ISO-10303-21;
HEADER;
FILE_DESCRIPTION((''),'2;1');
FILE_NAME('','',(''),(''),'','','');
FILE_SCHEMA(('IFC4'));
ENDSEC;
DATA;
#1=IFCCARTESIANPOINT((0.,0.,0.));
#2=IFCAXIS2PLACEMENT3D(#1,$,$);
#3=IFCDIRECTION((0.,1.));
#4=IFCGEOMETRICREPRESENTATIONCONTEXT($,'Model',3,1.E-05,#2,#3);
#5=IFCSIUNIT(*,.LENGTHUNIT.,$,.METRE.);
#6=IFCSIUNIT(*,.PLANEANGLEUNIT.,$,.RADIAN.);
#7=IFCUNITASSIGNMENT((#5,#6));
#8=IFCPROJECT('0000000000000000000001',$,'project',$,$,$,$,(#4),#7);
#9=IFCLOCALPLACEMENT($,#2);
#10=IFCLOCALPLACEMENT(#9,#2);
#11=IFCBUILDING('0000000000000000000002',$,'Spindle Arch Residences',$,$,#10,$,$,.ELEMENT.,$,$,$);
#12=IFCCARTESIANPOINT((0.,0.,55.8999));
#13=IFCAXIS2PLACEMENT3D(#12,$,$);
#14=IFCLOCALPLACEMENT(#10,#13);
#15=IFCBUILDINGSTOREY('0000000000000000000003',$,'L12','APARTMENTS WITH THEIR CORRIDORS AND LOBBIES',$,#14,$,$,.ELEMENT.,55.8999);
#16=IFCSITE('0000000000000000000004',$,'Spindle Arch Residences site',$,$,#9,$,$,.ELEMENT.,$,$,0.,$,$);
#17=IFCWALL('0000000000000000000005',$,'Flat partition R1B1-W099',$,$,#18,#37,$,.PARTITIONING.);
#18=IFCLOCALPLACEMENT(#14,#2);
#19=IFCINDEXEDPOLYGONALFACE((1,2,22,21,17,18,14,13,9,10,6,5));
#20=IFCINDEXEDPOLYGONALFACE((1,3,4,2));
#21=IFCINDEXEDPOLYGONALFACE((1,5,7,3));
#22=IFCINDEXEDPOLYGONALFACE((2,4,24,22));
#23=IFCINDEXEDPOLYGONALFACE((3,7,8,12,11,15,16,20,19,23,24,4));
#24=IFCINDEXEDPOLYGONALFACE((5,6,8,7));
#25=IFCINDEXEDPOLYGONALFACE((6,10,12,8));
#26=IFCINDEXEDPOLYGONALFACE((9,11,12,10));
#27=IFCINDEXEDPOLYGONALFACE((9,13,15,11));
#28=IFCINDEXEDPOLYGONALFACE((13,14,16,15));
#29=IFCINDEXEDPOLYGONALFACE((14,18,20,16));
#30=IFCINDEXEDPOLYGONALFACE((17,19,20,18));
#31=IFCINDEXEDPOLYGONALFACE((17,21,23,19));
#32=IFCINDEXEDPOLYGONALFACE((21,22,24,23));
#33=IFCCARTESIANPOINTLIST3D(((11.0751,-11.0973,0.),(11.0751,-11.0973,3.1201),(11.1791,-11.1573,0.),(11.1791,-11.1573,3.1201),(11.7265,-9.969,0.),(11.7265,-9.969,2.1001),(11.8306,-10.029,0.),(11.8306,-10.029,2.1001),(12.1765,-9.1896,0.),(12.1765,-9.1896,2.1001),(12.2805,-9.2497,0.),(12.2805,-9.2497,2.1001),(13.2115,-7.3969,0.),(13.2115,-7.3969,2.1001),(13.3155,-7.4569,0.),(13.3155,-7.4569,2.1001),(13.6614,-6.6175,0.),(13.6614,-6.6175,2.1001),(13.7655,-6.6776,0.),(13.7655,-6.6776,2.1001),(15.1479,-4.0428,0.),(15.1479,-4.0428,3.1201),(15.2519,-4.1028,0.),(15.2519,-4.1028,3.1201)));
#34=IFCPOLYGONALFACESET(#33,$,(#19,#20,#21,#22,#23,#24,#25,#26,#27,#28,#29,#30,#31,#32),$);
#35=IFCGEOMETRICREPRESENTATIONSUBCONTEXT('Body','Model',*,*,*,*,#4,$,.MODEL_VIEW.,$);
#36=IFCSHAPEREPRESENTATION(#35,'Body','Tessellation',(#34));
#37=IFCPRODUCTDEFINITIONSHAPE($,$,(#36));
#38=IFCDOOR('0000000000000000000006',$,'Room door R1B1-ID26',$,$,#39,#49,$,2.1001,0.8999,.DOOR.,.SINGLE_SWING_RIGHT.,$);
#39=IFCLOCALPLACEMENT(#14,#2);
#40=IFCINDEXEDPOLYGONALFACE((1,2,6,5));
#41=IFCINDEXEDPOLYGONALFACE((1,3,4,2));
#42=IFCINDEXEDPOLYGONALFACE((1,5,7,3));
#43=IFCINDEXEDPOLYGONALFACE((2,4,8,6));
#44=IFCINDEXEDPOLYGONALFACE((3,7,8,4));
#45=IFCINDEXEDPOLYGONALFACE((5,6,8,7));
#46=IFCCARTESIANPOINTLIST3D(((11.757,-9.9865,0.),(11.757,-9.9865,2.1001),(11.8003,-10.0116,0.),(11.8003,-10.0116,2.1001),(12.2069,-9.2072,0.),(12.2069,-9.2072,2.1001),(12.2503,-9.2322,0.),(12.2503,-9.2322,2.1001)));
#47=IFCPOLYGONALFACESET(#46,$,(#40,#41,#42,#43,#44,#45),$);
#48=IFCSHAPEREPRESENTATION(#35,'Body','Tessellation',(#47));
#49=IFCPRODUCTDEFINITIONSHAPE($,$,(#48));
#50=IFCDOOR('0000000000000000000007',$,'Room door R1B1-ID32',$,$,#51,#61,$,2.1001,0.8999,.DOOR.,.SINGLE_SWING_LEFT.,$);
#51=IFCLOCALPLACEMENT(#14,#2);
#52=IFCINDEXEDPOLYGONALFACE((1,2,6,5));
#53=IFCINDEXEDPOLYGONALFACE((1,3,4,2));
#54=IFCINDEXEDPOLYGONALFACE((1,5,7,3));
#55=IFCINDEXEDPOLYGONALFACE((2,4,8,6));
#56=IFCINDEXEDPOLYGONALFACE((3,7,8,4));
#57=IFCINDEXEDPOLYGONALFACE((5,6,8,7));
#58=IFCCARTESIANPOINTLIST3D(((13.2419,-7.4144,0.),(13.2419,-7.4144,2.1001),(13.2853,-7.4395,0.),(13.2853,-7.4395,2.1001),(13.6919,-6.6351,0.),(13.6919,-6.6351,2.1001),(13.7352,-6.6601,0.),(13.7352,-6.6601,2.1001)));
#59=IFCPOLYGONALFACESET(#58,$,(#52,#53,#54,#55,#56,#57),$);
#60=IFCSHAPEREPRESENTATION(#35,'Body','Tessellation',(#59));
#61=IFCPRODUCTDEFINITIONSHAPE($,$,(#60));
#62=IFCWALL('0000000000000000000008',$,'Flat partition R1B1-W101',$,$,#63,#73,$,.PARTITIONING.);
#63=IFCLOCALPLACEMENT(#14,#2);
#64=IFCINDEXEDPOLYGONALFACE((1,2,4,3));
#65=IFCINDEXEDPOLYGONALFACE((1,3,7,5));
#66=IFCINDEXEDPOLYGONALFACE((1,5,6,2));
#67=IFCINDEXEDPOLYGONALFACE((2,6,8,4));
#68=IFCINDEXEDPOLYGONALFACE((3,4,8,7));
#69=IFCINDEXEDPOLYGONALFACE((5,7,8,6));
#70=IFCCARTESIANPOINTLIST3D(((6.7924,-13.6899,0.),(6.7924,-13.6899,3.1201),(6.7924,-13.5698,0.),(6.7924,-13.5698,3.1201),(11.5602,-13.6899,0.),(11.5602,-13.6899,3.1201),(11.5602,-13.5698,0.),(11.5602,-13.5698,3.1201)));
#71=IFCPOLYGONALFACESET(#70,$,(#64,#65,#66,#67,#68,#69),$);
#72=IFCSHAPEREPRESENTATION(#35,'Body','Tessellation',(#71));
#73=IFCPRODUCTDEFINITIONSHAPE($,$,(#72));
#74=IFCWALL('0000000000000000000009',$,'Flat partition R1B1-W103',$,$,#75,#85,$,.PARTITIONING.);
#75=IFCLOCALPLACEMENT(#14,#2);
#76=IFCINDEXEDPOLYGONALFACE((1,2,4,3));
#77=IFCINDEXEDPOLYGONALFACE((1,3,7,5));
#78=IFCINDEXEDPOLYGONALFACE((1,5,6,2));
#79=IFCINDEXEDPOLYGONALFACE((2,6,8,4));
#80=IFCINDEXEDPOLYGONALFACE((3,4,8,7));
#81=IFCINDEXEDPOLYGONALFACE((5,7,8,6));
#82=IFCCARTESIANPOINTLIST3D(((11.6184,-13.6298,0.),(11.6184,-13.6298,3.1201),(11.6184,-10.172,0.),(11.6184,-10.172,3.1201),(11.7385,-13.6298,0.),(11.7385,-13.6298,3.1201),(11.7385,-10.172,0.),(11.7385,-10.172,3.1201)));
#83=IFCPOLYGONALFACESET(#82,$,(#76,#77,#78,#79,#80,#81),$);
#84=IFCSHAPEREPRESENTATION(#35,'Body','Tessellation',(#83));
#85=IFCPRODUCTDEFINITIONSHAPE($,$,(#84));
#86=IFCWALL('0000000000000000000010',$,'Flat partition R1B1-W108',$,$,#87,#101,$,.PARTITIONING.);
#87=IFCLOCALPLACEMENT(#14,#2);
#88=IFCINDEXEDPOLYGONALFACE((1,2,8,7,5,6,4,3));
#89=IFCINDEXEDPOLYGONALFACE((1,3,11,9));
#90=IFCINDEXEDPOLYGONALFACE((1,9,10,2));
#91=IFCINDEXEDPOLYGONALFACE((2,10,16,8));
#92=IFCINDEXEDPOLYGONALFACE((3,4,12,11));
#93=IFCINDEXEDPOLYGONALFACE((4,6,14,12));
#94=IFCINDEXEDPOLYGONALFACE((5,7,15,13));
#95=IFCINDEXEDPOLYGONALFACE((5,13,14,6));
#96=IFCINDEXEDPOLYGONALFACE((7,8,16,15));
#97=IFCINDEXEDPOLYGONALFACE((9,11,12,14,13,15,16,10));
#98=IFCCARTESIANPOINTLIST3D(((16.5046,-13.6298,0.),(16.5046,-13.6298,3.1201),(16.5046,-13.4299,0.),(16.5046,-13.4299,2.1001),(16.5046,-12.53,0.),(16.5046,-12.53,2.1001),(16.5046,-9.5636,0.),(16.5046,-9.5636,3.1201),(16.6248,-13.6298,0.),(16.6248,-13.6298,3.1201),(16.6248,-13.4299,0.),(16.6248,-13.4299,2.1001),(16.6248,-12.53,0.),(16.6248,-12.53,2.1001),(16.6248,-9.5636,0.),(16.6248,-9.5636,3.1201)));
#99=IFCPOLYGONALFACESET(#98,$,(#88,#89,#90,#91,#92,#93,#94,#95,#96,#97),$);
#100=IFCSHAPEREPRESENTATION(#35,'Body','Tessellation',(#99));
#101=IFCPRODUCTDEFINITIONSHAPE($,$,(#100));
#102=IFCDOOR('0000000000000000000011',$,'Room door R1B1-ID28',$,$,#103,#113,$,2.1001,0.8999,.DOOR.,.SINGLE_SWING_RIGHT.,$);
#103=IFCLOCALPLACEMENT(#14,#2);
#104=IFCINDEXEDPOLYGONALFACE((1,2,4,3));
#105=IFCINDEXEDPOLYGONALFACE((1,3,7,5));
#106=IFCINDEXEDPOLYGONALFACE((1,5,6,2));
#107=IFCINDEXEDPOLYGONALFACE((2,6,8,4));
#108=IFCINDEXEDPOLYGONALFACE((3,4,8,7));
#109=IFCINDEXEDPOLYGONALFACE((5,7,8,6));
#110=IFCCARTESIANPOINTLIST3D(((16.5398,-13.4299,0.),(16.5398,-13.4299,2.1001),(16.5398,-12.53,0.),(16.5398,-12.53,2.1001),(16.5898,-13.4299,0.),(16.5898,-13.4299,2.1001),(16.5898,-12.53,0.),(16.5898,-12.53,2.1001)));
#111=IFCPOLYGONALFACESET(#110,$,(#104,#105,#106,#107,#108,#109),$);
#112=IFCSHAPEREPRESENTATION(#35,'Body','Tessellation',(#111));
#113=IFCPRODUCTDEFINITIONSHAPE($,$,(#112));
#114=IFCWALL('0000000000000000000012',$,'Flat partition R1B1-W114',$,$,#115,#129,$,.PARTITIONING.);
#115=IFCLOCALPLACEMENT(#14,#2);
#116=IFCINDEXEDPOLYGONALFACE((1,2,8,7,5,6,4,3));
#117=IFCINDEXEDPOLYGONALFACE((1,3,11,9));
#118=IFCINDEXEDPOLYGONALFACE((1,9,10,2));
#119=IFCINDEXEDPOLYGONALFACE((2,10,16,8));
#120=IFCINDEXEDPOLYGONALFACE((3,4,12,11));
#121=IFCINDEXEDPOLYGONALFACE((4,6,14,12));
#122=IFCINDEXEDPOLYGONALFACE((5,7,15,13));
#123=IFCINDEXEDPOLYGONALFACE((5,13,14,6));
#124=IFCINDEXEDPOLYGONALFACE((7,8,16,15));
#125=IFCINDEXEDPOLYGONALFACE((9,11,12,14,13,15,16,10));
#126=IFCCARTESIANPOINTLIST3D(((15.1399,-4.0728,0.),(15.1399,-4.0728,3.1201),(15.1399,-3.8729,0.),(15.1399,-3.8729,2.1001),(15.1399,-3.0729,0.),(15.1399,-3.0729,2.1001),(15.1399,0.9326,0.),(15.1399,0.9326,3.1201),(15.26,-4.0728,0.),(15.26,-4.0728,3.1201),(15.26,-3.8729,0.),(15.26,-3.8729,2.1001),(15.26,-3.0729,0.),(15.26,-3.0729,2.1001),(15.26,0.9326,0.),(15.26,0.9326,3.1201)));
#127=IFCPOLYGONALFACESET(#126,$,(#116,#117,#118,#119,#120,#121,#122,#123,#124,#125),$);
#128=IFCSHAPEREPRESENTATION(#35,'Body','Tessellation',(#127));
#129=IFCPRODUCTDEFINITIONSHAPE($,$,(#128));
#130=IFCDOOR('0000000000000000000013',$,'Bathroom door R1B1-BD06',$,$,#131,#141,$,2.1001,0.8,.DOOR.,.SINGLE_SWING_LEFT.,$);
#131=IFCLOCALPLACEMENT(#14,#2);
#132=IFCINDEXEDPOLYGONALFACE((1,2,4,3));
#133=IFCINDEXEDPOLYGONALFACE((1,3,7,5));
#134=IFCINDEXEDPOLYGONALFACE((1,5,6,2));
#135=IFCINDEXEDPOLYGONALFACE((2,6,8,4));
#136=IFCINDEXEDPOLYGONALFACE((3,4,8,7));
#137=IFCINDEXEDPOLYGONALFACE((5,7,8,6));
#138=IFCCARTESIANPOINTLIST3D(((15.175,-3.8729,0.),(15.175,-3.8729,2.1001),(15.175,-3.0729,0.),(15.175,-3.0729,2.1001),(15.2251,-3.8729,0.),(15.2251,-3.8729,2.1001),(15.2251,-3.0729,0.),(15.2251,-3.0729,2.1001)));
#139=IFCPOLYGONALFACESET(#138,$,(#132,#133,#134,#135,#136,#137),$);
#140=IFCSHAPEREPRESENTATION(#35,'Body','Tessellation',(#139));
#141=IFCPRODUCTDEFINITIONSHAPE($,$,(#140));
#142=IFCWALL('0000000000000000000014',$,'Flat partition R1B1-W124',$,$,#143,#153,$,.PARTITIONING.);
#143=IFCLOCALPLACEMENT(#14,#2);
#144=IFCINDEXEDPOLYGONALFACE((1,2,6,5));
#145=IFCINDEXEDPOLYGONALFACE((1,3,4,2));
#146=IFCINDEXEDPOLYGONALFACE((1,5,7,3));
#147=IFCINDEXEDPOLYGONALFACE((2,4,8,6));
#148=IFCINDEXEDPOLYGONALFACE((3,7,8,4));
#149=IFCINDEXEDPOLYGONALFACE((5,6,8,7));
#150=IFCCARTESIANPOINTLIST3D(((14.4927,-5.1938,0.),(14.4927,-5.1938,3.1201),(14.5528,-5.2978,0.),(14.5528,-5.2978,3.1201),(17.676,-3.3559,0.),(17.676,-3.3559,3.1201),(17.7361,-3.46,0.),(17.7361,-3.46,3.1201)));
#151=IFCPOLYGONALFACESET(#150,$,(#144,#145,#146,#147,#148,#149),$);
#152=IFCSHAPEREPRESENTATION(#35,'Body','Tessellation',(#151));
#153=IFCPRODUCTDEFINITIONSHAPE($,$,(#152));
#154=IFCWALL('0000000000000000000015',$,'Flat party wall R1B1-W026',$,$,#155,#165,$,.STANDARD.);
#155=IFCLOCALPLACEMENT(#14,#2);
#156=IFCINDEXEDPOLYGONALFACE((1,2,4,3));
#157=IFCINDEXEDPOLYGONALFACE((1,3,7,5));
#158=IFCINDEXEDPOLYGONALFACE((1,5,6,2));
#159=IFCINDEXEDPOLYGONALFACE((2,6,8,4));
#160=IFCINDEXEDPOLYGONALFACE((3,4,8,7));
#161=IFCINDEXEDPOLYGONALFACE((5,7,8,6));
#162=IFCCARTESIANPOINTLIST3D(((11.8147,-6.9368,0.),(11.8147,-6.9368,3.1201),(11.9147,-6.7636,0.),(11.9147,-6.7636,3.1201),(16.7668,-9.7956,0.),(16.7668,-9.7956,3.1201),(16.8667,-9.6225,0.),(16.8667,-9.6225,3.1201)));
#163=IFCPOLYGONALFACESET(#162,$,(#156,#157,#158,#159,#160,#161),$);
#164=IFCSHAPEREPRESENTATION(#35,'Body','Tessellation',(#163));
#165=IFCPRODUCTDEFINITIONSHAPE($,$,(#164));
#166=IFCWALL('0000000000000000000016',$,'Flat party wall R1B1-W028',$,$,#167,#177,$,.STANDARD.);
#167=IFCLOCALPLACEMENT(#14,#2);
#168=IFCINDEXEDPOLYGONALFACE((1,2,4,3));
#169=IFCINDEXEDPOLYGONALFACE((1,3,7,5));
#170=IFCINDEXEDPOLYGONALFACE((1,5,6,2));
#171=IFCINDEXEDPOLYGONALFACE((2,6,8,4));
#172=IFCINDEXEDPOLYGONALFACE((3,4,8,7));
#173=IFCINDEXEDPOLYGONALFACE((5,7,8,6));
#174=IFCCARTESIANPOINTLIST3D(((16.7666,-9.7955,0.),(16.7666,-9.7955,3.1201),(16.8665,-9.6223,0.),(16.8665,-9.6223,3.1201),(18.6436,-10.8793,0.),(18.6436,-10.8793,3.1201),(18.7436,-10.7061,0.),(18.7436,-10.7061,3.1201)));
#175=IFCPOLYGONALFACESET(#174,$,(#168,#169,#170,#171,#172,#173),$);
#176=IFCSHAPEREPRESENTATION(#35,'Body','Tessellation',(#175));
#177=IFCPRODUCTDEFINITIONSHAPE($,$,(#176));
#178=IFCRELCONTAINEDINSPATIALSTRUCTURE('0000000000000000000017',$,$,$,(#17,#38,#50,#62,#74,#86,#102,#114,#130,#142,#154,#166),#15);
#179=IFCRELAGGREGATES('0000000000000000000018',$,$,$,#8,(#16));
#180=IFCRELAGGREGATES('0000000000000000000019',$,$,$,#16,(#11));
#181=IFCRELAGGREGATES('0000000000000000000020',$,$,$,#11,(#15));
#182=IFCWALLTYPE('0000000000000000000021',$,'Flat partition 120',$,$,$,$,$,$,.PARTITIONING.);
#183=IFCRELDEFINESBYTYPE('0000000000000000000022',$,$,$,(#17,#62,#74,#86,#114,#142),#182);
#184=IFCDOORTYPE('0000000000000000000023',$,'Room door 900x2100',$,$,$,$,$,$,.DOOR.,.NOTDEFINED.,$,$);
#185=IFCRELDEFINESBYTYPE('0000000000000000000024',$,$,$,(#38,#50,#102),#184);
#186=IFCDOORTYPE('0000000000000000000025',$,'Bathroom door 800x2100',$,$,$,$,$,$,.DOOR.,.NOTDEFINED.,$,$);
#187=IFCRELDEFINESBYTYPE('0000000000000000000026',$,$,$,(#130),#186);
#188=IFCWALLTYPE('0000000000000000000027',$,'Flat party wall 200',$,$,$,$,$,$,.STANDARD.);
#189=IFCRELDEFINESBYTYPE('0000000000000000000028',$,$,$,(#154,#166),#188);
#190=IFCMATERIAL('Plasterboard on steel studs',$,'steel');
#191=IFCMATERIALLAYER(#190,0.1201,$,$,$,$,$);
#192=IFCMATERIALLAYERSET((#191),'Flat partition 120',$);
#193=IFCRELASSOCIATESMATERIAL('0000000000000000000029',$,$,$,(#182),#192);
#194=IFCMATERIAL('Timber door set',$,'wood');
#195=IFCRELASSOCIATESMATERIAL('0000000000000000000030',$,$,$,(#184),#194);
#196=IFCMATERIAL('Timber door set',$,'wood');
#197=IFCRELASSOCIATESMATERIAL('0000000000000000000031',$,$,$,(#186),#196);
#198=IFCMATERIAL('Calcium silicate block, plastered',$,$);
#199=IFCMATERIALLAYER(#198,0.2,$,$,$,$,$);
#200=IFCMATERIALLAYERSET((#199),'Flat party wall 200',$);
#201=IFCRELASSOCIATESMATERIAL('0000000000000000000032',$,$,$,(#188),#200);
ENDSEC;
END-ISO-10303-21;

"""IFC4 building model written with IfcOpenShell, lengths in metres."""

from ifc_helpers import new_model, si_unit, direction, frame, frame_2d, origin, place, context, subcontext, project, spatial, rectangle, extrude, material, layer, layer_set, type_object, element, fill, save


model = new_model("IFC4")

# Units and contexts
model_context = context("Model", 3, precision=1e-05, world=origin(), true_north=direction((0.0, 1.0)))
body_context = subcontext(model_context, "Body", "Model", "MODEL_VIEW")
ifc_project = project(units=[si_unit("LENGTHUNIT", "METRE"), si_unit("PLANEANGLEUNIT", "RADIAN")], contexts=[model_context])

# Site, building, storey
site_placement = place(None, origin())
site = spatial("IfcSite", under=ifc_project, at=site_placement, Name="Spindle Arch Residences site", CompositionType="ELEMENT", RefElevation=0.0)
building_placement = place(site_placement, origin())
building = spatial("IfcBuilding", under=site, at=building_placement, Name="Spindle Arch Residences", CompositionType="ELEMENT")
storey_placement = place(building_placement, frame((0.0, 0.0, 55.8999)))
storey = spatial("IfcBuildingStorey", under=building, at=storey_placement, Name="L12", Description="APARTMENTS WITH THEIR CORRIDORS AND LOBBIES", CompositionType="ELEMENT", Elevation=55.8999)

# Wall, openings, doors
ifc_material_1 = material(Name="Plasterboard on steel studs", Category="steel")
ifc_layer_1 = layer(ifc_material_1, 0.1201)
ifc_layer_set_1 = layer_set([ifc_layer_1], Name="Flat partition 120")
wall_type_1 = type_object("IfcWallType", Name="Flat partition 120", PredefinedType="PARTITIONING", material=ifc_layer_set_1)
wall_1_placement = place(storey_placement, frame((11.1272, -11.1272, 0.0), z_axis=(0.0, 0.0, 1.0), x_axis=(0.499988, 0.866032, 0.0)))
wall_1 = element("IfcWall", 1, at=wall_1_placement, inside=storey, type_object=wall_type_1, Name="Flat partition R1B1-W099", PredefinedType="PARTITIONING", context=body_context, shape_type="SweptSolid", body=[
    extrude(rectangle(XDim=8.1458, YDim=0.1201, at=frame_2d((4.0728, 0.0))), origin(), (0.0, 0.0, 1.0), 3.1201),
])
opening_1_placement = place(wall_1_placement, frame((1.3027, 0.0, 0.0)))
opening_1 = element("IfcOpeningElement", 2, at=opening_1_placement, cuts=wall_1, PredefinedType="OPENING", context=body_context, shape_type="SweptSolid", body=[
    extrude(rectangle(XDim=0.8999, YDim=2.1001, at=frame_2d((0.45, 1.05))), frame((0.0, 0.0701, 0.0), z_axis=(0.0, -1.0, 0.0), x_axis=(1.0, 0.0, 0.0)), (0.0, 0.0, 1.0), 0.1401),
])
opening_2_placement = place(wall_1_placement, frame((4.2727, 0.0, 0.0)))
opening_2 = element("IfcOpeningElement", 3, at=opening_2_placement, cuts=wall_1, PredefinedType="OPENING", context=body_context, shape_type="SweptSolid", body=[
    extrude(rectangle(XDim=0.8999, YDim=2.1001, at=frame_2d((0.45, 1.05))), frame((0.0, 0.0701, 0.0), z_axis=(0.0, -1.0, 0.0), x_axis=(1.0, 0.0, 0.0)), (0.0, 0.0, 1.0), 0.1401),
])
ifc_material_2 = material(Name="Timber door set", Category="wood")
door_type_1 = type_object("IfcDoorType", Name="Room door 900x2100", OperationType="NOTDEFINED", PredefinedType="DOOR", material=ifc_material_2)
door_1_placement = place(opening_1_placement, origin())
door_1 = element("IfcDoor", 4, at=door_1_placement, inside=storey, type_object=door_type_1, Name="Room door R1B1-ID26", OperationType="SINGLE_SWING_RIGHT", OverallHeight=2.1001, OverallWidth=0.8999, PredefinedType="DOOR", context=body_context, shape_type="SweptSolid", body=[
    extrude(rectangle(XDim=0.8999, YDim=2.1001, at=frame_2d((0.45, 1.05))), frame((0.0, 0.0249, 0.0), z_axis=(0.0, -1.0, 0.0), x_axis=(1.0, 0.0, 0.0)), (0.0, 0.0, 1.0), 0.05),
])
fill(opening_1, door_1)
door_2_placement = place(opening_2_placement, origin())
door_2 = element("IfcDoor", 5, at=door_2_placement, inside=storey, type_object=door_type_1, Name="Room door R1B1-ID32", OperationType="SINGLE_SWING_LEFT", OverallHeight=2.1001, OverallWidth=0.8999, PredefinedType="DOOR", context=body_context, shape_type="SweptSolid", body=[
    extrude(rectangle(XDim=0.8999, YDim=2.1001, at=frame_2d((0.45, 1.05))), frame((0.0, 0.0249, 0.0), z_axis=(0.0, -1.0, 0.0), x_axis=(1.0, 0.0, 0.0)), (0.0, 0.0, 1.0), 0.05),
])
fill(opening_2, door_2)

# Walls
wall_2_placement = place(storey_placement, frame((11.5601, -13.6299, 0.0), z_axis=(0.0, 0.0, 1.0), x_axis=(-1.0, 0.0, 0.0)))
element("IfcWall", 6, at=wall_2_placement, inside=storey, type_object=wall_type_1, Name="Flat partition R1B1-W101", PredefinedType="PARTITIONING", context=body_context, shape_type="SweptSolid", body=[
    extrude(rectangle(XDim=4.7678, YDim=0.1201, at=frame_2d((2.3838, 0.0))), origin(), (0.0, 0.0, 1.0), 3.1201),
])
wall_3_placement = place(storey_placement, frame((11.6785, -13.6299, 0.0), z_axis=(0.0, 0.0, 1.0), x_axis=(0.0, 1.0, 0.0)))
element("IfcWall", 7, at=wall_3_placement, inside=storey, type_object=wall_type_1, Name="Flat partition R1B1-W103", PredefinedType="PARTITIONING", context=body_context, shape_type="SweptSolid", body=[
    extrude(rectangle(XDim=3.4578, YDim=0.1201, at=frame_2d((1.729, 0.0))), origin(), (0.0, 0.0, 1.0), 3.1201),
])

# Walls, openings, doors
wall_4_placement = place(storey_placement, frame((16.5647, -13.6299, 0.0), z_axis=(0.0, 0.0, 1.0), x_axis=(0.0, 1.0, 0.0)))
wall_4 = element("IfcWall", 8, at=wall_4_placement, inside=storey, type_object=wall_type_1, Name="Flat partition R1B1-W108", PredefinedType="PARTITIONING", context=body_context, shape_type="SweptSolid", body=[
    extrude(rectangle(XDim=4.0662, YDim=0.1201, at=frame_2d((2.0332, 0.0))), origin(), (0.0, 0.0, 1.0), 3.1201),
])
opening_3_placement = place(wall_4_placement, frame((0.2, 0.0, 0.0)))
opening_3 = element("IfcOpeningElement", 9, at=opening_3_placement, cuts=wall_4, PredefinedType="OPENING", context=body_context, shape_type="SweptSolid", body=[
    extrude(rectangle(XDim=0.8999, YDim=2.1001, at=frame_2d((0.45, 1.05))), frame((0.0, 0.0701, 0.0), z_axis=(0.0, -1.0, 0.0), x_axis=(1.0, 0.0, 0.0)), (0.0, 0.0, 1.0), 0.1401),
])
door_3_placement = place(opening_3_placement, origin())
door_3 = element("IfcDoor", 10, at=door_3_placement, inside=storey, type_object=door_type_1, Name="Room door R1B1-ID28", OperationType="SINGLE_SWING_RIGHT", OverallHeight=2.1001, OverallWidth=0.8999, PredefinedType="DOOR", context=body_context, shape_type="SweptSolid", body=[
    extrude(rectangle(XDim=0.8999, YDim=2.1001, at=frame_2d((0.45, 1.05))), frame((0.0, 0.0249, 0.0), z_axis=(0.0, -1.0, 0.0), x_axis=(1.0, 0.0, 0.0)), (0.0, 0.0, 1.0), 0.05),
])
fill(opening_3, door_3)
wall_5_placement = place(storey_placement, frame((15.2, -4.0728, 0.0), z_axis=(0.0, 0.0, 1.0), x_axis=(0.0, 1.0, 0.0)))
wall_5 = element("IfcWall", 11, at=wall_5_placement, inside=storey, type_object=wall_type_1, Name="Flat partition R1B1-W114", PredefinedType="PARTITIONING", context=body_context, shape_type="SweptSolid", body=[
    extrude(rectangle(XDim=5.0054, YDim=0.1201, at=frame_2d((2.5027, 0.0))), origin(), (0.0, 0.0, 1.0), 3.1201),
])
opening_4_placement = place(wall_5_placement, frame((0.2, 0.0, 0.0)))
opening_4 = element("IfcOpeningElement", 12, at=opening_4_placement, cuts=wall_5, PredefinedType="OPENING", context=body_context, shape_type="SweptSolid", body=[
    extrude(rectangle(XDim=0.8, YDim=2.1001, at=frame_2d((0.3999, 1.05))), frame((0.0, 0.0701, 0.0), z_axis=(0.0, -1.0, 0.0), x_axis=(1.0, 0.0, 0.0)), (0.0, 0.0, 1.0), 0.1401),
])
ifc_material_3 = material(Name="Timber door set", Category="wood")
door_type_2 = type_object("IfcDoorType", Name="Bathroom door 800x2100", OperationType="NOTDEFINED", PredefinedType="DOOR", material=ifc_material_3)
door_4_placement = place(opening_4_placement, origin())
door_4 = element("IfcDoor", 13, at=door_4_placement, inside=storey, type_object=door_type_2, Name="Bathroom door R1B1-BD06", OperationType="SINGLE_SWING_LEFT", OverallHeight=2.1001, OverallWidth=0.8, PredefinedType="DOOR", context=body_context, shape_type="SweptSolid", body=[
    extrude(rectangle(XDim=0.8, YDim=2.1001, at=frame_2d((0.3999, 1.05))), frame((0.0, 0.0249, 0.0), z_axis=(0.0, -1.0, 0.0), x_axis=(1.0, 0.0, 0.0)), (0.0, 0.0, 1.0), 0.05),
])
fill(opening_4, door_4)

# Walls
wall_6_placement = place(storey_placement, frame((17.7061, -3.408, 0.0), z_axis=(0.0, 0.0, 1.0), x_axis=(-0.866027, -0.499997, 0.0)))
element("IfcWall", 14, at=wall_6_placement, inside=storey, type_object=wall_type_1, Name="Flat partition R1B1-W124", PredefinedType="PARTITIONING", context=body_context, shape_type="SweptSolid", body=[
    extrude(rectangle(XDim=3.6758, YDim=0.1201, at=frame_2d((1.8379, 0.0))), origin(), (0.0, 0.0, 1.0), 3.1201),
])
ifc_material_4 = material(Name="Calcium silicate block, plastered")
ifc_layer_2 = layer(ifc_material_4, 0.2)
ifc_layer_set_2 = layer_set([ifc_layer_2], Name="Flat party wall 200")
wall_type_2 = type_object("IfcWallType", Name="Flat party wall 200", PredefinedType="STANDARD", material=ifc_layer_set_2)
wall_7_placement = place(storey_placement, frame((16.8167, -9.709, 0.0), z_axis=(0.0, 0.0, 1.0), x_axis=(-0.866043, 0.499969, 0.0)))
element("IfcWall", 15, at=wall_7_placement, inside=storey, type_object=wall_type_2, Name="Flat party wall R1B1-W026", PredefinedType="STANDARD", context=body_context, shape_type="SweptSolid", body=[
    extrude(rectangle(XDim=5.718, YDim=0.2, at=frame_2d((2.8589, 0.0))), origin(), (0.0, 0.0, 1.0), 3.1201),
])
wall_8_placement = place(storey_placement, frame((18.6936, -10.7927, 0.0), z_axis=(0.0, 0.0, 1.0), x_axis=(-0.866009, 0.500028, 0.0)))
element("IfcWall", 16, at=wall_8_placement, inside=storey, type_object=wall_type_2, Name="Flat party wall R1B1-W028", PredefinedType="STANDARD", context=body_context, shape_type="SweptSolid", body=[
    extrude(rectangle(XDim=2.1675, YDim=0.2, at=frame_2d((1.0837, 0.0))), origin(), (0.0, 0.0, 1.0), 3.1201),
])

save(model, "model.ifc")
